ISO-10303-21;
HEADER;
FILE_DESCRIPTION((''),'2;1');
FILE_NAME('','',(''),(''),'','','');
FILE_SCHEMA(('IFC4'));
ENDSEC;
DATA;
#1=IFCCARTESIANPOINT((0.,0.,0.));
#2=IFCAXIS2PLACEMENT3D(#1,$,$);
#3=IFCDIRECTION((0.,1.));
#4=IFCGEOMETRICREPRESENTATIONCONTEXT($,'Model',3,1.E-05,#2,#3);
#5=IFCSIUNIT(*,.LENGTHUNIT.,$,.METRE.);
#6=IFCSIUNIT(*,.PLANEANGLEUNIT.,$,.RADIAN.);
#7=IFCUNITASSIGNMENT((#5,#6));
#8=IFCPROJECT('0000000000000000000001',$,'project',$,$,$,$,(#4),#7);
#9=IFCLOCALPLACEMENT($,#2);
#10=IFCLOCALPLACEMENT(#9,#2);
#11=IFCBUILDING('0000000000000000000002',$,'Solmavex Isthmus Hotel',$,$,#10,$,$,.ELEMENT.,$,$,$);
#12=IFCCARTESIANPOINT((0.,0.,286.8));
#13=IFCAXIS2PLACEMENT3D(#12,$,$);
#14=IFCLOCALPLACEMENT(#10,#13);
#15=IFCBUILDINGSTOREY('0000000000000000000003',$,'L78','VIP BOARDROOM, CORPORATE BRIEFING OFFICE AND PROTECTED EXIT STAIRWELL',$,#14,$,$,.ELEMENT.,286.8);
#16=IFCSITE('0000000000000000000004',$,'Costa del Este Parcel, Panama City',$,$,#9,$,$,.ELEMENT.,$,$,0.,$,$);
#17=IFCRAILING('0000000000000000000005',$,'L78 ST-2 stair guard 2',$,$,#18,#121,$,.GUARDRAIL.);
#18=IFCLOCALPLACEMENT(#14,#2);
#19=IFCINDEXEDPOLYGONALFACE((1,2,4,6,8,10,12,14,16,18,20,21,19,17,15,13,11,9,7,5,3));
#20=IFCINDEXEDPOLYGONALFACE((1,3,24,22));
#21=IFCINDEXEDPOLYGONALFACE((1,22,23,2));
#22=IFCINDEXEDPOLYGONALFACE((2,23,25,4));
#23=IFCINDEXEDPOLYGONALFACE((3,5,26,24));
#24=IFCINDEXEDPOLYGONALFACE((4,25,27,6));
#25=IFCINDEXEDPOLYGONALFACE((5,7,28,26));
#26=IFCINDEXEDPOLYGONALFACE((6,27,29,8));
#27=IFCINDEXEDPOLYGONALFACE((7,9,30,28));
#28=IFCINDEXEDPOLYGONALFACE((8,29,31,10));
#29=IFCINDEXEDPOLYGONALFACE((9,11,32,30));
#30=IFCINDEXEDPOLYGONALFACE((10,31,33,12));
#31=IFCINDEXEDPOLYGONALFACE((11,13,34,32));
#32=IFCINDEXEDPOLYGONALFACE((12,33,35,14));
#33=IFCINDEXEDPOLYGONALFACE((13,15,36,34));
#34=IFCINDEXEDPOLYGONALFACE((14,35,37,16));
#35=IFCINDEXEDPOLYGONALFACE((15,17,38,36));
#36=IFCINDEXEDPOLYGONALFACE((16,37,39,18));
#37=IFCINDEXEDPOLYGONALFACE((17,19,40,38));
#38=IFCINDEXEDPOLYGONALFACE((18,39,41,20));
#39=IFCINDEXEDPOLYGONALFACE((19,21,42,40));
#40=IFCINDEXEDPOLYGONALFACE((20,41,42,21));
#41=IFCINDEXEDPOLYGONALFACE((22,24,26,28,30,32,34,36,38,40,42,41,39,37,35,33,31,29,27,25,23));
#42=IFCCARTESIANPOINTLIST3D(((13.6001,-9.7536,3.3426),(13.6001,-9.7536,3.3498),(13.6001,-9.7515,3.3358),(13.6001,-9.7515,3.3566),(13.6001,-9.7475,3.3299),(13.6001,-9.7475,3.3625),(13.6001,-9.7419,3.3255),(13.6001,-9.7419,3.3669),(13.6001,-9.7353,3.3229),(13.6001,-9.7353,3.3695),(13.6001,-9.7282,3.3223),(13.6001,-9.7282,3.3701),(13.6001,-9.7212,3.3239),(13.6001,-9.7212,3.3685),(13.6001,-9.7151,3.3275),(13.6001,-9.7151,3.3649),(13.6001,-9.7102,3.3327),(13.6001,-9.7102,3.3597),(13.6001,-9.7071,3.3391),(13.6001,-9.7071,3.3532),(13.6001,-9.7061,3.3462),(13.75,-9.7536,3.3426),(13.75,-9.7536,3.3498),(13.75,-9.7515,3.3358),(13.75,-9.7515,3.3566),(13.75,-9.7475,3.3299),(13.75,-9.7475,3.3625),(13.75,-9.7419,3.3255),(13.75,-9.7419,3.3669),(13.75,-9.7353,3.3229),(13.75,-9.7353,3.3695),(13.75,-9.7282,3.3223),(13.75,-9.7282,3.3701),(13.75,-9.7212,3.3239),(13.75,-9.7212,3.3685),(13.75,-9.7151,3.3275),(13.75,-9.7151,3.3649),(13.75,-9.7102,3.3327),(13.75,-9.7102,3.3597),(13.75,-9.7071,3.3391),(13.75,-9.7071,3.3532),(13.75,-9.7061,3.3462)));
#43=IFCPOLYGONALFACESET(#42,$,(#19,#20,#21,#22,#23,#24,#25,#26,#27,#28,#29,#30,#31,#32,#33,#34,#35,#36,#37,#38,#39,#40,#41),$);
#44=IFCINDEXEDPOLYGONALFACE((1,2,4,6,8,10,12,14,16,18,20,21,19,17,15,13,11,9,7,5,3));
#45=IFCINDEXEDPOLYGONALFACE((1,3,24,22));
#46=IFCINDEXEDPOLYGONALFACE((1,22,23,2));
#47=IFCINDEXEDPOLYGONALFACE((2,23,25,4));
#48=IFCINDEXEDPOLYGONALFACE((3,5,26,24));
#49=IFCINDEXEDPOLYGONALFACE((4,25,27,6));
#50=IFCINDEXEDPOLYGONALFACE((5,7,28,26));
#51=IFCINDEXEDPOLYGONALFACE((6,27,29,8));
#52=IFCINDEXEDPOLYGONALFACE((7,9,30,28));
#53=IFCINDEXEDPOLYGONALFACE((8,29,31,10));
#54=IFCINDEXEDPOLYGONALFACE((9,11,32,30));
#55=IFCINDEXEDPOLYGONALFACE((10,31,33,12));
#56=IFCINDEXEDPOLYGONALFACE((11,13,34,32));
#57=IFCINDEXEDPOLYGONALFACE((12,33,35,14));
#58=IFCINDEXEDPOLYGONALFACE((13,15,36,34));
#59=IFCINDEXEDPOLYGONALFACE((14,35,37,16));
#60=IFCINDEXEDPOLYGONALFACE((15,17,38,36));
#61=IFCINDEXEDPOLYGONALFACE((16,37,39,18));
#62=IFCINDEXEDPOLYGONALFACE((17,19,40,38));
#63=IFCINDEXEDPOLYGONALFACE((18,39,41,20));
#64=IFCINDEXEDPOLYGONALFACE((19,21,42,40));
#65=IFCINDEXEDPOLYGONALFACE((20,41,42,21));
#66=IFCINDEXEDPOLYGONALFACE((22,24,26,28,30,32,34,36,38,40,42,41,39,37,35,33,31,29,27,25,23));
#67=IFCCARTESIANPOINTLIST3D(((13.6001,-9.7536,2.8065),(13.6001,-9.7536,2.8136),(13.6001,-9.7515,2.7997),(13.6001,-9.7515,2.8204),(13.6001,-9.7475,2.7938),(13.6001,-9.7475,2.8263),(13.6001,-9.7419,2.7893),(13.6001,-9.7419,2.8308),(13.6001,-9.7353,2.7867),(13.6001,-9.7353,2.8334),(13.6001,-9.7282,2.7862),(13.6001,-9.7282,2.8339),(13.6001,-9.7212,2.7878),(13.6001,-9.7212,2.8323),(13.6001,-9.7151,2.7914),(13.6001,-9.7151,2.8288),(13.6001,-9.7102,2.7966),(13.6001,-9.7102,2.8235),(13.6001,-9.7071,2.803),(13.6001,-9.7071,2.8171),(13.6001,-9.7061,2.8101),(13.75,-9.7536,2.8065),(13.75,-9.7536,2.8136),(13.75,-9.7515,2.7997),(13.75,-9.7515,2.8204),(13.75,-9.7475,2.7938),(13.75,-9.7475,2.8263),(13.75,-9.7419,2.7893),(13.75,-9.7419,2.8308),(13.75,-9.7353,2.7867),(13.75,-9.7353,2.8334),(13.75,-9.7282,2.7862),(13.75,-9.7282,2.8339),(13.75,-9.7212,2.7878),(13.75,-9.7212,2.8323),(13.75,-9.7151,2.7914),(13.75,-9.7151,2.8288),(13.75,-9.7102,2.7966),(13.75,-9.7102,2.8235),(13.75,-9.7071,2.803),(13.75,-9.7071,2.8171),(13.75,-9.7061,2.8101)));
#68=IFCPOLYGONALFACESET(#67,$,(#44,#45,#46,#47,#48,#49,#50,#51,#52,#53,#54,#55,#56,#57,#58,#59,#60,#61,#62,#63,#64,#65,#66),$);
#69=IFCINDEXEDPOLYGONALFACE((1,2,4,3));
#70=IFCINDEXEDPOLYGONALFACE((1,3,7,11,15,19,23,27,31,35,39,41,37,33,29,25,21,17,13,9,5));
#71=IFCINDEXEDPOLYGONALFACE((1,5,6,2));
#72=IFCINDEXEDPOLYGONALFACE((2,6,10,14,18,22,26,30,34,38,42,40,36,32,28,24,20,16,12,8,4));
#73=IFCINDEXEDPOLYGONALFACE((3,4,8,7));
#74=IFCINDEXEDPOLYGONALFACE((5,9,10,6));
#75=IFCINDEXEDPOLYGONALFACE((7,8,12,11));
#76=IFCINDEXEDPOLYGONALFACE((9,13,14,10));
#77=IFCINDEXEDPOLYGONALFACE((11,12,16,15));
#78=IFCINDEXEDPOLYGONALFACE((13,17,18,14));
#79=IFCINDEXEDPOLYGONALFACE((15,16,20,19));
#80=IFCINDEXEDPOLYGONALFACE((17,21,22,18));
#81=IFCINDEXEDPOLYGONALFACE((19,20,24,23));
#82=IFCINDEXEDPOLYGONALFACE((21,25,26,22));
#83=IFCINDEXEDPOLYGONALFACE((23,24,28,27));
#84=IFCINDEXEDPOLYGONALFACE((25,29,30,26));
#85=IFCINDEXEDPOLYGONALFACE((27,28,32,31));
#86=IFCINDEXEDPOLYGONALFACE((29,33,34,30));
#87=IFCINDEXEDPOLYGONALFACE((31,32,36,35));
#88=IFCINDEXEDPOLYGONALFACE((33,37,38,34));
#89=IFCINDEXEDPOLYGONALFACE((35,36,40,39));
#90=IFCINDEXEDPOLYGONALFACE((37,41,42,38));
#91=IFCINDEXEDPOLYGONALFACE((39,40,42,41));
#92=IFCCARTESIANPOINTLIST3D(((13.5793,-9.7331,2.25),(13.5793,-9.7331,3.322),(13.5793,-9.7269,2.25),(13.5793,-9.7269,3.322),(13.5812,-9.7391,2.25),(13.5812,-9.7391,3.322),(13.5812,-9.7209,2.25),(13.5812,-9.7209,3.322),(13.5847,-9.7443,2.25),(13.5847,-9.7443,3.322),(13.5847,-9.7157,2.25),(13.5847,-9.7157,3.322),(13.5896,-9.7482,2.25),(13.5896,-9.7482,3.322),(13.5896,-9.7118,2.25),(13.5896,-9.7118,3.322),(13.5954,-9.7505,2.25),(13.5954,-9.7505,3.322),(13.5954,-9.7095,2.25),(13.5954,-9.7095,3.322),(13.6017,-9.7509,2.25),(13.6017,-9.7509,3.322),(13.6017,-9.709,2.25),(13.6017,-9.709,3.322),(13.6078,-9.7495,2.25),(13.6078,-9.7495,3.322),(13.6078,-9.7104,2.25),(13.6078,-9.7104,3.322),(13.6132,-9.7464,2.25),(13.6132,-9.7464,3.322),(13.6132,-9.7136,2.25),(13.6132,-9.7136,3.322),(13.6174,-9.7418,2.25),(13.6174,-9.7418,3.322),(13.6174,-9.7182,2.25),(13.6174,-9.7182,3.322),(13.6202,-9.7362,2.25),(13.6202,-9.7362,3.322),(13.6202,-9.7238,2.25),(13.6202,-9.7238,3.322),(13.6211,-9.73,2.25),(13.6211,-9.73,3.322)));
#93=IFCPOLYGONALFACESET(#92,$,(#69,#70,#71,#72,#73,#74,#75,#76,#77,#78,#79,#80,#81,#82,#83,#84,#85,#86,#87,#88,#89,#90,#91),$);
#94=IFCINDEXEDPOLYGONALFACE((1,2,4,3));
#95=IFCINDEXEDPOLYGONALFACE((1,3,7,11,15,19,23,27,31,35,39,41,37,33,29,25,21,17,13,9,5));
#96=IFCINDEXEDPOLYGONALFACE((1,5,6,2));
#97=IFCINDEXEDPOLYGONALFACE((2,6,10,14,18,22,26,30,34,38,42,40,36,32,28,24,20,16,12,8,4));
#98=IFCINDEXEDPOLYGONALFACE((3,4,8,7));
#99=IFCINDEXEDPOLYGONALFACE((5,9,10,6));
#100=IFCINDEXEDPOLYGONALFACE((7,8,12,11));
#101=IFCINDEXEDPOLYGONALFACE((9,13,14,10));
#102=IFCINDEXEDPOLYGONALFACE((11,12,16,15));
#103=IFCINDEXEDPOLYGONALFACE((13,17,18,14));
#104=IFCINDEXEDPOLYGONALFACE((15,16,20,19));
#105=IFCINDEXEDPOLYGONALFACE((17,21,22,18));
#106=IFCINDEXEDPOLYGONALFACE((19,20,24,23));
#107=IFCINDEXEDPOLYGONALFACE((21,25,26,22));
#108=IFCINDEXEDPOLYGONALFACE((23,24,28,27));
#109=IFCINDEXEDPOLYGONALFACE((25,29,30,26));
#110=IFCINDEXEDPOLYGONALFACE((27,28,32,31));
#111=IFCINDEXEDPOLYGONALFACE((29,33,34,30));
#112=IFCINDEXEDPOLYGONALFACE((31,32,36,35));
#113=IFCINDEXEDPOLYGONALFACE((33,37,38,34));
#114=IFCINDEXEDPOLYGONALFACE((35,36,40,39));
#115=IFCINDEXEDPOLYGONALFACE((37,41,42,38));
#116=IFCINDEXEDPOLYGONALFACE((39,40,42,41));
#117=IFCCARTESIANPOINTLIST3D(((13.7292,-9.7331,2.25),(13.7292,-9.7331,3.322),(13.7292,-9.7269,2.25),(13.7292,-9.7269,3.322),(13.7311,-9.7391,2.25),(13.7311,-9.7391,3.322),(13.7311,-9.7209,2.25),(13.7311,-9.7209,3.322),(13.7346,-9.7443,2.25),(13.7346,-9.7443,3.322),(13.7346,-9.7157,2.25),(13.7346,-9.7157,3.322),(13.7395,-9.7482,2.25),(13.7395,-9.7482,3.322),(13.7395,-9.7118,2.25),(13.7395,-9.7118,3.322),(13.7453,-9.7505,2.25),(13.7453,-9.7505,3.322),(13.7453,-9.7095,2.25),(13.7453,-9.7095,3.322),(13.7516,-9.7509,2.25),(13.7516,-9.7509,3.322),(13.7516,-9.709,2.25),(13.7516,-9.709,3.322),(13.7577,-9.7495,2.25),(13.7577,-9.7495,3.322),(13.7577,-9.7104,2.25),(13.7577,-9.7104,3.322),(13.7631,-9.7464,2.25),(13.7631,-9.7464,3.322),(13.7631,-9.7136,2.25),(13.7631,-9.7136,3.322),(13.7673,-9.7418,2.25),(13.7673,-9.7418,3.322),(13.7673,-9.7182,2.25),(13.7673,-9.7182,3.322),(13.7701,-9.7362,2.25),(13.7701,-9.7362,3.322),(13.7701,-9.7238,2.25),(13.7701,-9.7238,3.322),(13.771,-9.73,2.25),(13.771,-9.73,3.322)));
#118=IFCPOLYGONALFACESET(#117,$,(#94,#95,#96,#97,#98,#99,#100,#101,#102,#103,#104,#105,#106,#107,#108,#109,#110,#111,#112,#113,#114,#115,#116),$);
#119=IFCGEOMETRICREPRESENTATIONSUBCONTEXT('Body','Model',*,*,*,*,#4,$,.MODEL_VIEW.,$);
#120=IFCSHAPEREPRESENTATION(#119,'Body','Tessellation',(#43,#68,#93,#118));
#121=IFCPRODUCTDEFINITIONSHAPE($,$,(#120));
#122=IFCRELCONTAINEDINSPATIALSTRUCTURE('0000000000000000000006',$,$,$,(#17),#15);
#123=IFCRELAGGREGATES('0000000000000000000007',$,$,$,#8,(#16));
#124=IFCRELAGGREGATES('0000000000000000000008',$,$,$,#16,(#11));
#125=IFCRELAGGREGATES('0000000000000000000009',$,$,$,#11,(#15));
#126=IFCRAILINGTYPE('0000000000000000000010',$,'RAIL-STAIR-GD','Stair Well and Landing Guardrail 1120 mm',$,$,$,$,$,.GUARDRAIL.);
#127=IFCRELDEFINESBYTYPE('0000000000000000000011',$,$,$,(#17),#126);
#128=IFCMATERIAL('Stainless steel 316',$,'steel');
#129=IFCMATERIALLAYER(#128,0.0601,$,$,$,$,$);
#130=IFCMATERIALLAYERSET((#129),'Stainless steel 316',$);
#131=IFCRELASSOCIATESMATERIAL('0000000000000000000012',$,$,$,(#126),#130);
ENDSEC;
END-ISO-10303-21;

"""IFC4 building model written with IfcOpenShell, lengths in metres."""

from ifc_helpers import new_model, si_unit, direction, frame, origin, origin_2d, place, context, subcontext, project, spatial, circle, extrude, material, layer, layer_set, type_object, element, save


model = new_model("IFC4")

# Units and contexts
model_context = context("Model", 3, precision=1e-05, world=origin(), true_north=direction((0.0, 1.0)))
body_context = subcontext(model_context, "Body", "Model", "MODEL_VIEW")
ifc_project = project(units=[si_unit("LENGTHUNIT", "METRE"), si_unit("PLANEANGLEUNIT", "RADIAN")], contexts=[model_context])

# Site, building, storey
site_placement = place(None, origin())
site = spatial("IfcSite", under=ifc_project, at=site_placement, Name="Costa del Este Parcel, Panama City", CompositionType="ELEMENT", RefElevation=0.0)
building_placement = place(site_placement, origin())
building = spatial("IfcBuilding", under=site, at=building_placement, Name="Solmavex Isthmus Hotel", CompositionType="ELEMENT")
storey_placement = place(building_placement, frame((0.0, 0.0, 286.8)))
storey = spatial("IfcBuildingStorey", under=building, at=storey_placement, Name="L78", Description="VIP BOARDROOM, CORPORATE BRIEFING OFFICE AND PROTECTED EXIT STAIRWELL", CompositionType="ELEMENT", Elevation=286.8)

# Railing
ifc_material_1 = material(Name="Stainless steel 316", Category="steel")
ifc_layer_1 = layer(ifc_material_1, 0.0601)
ifc_layer_set_1 = layer_set([ifc_layer_1], Name="Stainless steel 316")
railing_type_1 = type_object("IfcRailingType", Name="RAIL-STAIR-GD", Description="Stair Well and Landing Guardrail 1120 mm", PredefinedType="GUARDRAIL", material=ifc_layer_set_1)
railing_1_placement = place(storey_placement, frame((13.6001, -9.73, 2.25)))
element("IfcRailing", 1, at=railing_1_placement, inside=storey, type_object=railing_type_1, Name="L78 ST-2 stair guard 2", PredefinedType="GUARDRAIL", context=body_context, shape_type="SweptSolid", body=[
    extrude(circle(Radius=0.0239, at=origin_2d()), frame((0.0, 0.0, 1.0962), z_axis=(1.0, 0.0, 0.0), x_axis=(0.0, 1.0, 0.0)), (0.0, 0.0, 1.0), 0.1499),
    extrude(circle(Radius=0.0239, at=origin_2d()), frame((0.0, 0.0, 0.5601), z_axis=(1.0, 0.0, 0.0), x_axis=(0.0, 1.0, 0.0)), (0.0, 0.0, 1.0), 0.1499),
    extrude(circle(Radius=0.021, at=origin_2d()), origin(), (0.0, 0.0, 1.0), 1.072),
    extrude(circle(Radius=0.021, at=origin_2d()), frame((0.1499, 0.0, 0.0)), (0.0, 0.0, 1.0), 1.072),
])

save(model, "model.ifc")
